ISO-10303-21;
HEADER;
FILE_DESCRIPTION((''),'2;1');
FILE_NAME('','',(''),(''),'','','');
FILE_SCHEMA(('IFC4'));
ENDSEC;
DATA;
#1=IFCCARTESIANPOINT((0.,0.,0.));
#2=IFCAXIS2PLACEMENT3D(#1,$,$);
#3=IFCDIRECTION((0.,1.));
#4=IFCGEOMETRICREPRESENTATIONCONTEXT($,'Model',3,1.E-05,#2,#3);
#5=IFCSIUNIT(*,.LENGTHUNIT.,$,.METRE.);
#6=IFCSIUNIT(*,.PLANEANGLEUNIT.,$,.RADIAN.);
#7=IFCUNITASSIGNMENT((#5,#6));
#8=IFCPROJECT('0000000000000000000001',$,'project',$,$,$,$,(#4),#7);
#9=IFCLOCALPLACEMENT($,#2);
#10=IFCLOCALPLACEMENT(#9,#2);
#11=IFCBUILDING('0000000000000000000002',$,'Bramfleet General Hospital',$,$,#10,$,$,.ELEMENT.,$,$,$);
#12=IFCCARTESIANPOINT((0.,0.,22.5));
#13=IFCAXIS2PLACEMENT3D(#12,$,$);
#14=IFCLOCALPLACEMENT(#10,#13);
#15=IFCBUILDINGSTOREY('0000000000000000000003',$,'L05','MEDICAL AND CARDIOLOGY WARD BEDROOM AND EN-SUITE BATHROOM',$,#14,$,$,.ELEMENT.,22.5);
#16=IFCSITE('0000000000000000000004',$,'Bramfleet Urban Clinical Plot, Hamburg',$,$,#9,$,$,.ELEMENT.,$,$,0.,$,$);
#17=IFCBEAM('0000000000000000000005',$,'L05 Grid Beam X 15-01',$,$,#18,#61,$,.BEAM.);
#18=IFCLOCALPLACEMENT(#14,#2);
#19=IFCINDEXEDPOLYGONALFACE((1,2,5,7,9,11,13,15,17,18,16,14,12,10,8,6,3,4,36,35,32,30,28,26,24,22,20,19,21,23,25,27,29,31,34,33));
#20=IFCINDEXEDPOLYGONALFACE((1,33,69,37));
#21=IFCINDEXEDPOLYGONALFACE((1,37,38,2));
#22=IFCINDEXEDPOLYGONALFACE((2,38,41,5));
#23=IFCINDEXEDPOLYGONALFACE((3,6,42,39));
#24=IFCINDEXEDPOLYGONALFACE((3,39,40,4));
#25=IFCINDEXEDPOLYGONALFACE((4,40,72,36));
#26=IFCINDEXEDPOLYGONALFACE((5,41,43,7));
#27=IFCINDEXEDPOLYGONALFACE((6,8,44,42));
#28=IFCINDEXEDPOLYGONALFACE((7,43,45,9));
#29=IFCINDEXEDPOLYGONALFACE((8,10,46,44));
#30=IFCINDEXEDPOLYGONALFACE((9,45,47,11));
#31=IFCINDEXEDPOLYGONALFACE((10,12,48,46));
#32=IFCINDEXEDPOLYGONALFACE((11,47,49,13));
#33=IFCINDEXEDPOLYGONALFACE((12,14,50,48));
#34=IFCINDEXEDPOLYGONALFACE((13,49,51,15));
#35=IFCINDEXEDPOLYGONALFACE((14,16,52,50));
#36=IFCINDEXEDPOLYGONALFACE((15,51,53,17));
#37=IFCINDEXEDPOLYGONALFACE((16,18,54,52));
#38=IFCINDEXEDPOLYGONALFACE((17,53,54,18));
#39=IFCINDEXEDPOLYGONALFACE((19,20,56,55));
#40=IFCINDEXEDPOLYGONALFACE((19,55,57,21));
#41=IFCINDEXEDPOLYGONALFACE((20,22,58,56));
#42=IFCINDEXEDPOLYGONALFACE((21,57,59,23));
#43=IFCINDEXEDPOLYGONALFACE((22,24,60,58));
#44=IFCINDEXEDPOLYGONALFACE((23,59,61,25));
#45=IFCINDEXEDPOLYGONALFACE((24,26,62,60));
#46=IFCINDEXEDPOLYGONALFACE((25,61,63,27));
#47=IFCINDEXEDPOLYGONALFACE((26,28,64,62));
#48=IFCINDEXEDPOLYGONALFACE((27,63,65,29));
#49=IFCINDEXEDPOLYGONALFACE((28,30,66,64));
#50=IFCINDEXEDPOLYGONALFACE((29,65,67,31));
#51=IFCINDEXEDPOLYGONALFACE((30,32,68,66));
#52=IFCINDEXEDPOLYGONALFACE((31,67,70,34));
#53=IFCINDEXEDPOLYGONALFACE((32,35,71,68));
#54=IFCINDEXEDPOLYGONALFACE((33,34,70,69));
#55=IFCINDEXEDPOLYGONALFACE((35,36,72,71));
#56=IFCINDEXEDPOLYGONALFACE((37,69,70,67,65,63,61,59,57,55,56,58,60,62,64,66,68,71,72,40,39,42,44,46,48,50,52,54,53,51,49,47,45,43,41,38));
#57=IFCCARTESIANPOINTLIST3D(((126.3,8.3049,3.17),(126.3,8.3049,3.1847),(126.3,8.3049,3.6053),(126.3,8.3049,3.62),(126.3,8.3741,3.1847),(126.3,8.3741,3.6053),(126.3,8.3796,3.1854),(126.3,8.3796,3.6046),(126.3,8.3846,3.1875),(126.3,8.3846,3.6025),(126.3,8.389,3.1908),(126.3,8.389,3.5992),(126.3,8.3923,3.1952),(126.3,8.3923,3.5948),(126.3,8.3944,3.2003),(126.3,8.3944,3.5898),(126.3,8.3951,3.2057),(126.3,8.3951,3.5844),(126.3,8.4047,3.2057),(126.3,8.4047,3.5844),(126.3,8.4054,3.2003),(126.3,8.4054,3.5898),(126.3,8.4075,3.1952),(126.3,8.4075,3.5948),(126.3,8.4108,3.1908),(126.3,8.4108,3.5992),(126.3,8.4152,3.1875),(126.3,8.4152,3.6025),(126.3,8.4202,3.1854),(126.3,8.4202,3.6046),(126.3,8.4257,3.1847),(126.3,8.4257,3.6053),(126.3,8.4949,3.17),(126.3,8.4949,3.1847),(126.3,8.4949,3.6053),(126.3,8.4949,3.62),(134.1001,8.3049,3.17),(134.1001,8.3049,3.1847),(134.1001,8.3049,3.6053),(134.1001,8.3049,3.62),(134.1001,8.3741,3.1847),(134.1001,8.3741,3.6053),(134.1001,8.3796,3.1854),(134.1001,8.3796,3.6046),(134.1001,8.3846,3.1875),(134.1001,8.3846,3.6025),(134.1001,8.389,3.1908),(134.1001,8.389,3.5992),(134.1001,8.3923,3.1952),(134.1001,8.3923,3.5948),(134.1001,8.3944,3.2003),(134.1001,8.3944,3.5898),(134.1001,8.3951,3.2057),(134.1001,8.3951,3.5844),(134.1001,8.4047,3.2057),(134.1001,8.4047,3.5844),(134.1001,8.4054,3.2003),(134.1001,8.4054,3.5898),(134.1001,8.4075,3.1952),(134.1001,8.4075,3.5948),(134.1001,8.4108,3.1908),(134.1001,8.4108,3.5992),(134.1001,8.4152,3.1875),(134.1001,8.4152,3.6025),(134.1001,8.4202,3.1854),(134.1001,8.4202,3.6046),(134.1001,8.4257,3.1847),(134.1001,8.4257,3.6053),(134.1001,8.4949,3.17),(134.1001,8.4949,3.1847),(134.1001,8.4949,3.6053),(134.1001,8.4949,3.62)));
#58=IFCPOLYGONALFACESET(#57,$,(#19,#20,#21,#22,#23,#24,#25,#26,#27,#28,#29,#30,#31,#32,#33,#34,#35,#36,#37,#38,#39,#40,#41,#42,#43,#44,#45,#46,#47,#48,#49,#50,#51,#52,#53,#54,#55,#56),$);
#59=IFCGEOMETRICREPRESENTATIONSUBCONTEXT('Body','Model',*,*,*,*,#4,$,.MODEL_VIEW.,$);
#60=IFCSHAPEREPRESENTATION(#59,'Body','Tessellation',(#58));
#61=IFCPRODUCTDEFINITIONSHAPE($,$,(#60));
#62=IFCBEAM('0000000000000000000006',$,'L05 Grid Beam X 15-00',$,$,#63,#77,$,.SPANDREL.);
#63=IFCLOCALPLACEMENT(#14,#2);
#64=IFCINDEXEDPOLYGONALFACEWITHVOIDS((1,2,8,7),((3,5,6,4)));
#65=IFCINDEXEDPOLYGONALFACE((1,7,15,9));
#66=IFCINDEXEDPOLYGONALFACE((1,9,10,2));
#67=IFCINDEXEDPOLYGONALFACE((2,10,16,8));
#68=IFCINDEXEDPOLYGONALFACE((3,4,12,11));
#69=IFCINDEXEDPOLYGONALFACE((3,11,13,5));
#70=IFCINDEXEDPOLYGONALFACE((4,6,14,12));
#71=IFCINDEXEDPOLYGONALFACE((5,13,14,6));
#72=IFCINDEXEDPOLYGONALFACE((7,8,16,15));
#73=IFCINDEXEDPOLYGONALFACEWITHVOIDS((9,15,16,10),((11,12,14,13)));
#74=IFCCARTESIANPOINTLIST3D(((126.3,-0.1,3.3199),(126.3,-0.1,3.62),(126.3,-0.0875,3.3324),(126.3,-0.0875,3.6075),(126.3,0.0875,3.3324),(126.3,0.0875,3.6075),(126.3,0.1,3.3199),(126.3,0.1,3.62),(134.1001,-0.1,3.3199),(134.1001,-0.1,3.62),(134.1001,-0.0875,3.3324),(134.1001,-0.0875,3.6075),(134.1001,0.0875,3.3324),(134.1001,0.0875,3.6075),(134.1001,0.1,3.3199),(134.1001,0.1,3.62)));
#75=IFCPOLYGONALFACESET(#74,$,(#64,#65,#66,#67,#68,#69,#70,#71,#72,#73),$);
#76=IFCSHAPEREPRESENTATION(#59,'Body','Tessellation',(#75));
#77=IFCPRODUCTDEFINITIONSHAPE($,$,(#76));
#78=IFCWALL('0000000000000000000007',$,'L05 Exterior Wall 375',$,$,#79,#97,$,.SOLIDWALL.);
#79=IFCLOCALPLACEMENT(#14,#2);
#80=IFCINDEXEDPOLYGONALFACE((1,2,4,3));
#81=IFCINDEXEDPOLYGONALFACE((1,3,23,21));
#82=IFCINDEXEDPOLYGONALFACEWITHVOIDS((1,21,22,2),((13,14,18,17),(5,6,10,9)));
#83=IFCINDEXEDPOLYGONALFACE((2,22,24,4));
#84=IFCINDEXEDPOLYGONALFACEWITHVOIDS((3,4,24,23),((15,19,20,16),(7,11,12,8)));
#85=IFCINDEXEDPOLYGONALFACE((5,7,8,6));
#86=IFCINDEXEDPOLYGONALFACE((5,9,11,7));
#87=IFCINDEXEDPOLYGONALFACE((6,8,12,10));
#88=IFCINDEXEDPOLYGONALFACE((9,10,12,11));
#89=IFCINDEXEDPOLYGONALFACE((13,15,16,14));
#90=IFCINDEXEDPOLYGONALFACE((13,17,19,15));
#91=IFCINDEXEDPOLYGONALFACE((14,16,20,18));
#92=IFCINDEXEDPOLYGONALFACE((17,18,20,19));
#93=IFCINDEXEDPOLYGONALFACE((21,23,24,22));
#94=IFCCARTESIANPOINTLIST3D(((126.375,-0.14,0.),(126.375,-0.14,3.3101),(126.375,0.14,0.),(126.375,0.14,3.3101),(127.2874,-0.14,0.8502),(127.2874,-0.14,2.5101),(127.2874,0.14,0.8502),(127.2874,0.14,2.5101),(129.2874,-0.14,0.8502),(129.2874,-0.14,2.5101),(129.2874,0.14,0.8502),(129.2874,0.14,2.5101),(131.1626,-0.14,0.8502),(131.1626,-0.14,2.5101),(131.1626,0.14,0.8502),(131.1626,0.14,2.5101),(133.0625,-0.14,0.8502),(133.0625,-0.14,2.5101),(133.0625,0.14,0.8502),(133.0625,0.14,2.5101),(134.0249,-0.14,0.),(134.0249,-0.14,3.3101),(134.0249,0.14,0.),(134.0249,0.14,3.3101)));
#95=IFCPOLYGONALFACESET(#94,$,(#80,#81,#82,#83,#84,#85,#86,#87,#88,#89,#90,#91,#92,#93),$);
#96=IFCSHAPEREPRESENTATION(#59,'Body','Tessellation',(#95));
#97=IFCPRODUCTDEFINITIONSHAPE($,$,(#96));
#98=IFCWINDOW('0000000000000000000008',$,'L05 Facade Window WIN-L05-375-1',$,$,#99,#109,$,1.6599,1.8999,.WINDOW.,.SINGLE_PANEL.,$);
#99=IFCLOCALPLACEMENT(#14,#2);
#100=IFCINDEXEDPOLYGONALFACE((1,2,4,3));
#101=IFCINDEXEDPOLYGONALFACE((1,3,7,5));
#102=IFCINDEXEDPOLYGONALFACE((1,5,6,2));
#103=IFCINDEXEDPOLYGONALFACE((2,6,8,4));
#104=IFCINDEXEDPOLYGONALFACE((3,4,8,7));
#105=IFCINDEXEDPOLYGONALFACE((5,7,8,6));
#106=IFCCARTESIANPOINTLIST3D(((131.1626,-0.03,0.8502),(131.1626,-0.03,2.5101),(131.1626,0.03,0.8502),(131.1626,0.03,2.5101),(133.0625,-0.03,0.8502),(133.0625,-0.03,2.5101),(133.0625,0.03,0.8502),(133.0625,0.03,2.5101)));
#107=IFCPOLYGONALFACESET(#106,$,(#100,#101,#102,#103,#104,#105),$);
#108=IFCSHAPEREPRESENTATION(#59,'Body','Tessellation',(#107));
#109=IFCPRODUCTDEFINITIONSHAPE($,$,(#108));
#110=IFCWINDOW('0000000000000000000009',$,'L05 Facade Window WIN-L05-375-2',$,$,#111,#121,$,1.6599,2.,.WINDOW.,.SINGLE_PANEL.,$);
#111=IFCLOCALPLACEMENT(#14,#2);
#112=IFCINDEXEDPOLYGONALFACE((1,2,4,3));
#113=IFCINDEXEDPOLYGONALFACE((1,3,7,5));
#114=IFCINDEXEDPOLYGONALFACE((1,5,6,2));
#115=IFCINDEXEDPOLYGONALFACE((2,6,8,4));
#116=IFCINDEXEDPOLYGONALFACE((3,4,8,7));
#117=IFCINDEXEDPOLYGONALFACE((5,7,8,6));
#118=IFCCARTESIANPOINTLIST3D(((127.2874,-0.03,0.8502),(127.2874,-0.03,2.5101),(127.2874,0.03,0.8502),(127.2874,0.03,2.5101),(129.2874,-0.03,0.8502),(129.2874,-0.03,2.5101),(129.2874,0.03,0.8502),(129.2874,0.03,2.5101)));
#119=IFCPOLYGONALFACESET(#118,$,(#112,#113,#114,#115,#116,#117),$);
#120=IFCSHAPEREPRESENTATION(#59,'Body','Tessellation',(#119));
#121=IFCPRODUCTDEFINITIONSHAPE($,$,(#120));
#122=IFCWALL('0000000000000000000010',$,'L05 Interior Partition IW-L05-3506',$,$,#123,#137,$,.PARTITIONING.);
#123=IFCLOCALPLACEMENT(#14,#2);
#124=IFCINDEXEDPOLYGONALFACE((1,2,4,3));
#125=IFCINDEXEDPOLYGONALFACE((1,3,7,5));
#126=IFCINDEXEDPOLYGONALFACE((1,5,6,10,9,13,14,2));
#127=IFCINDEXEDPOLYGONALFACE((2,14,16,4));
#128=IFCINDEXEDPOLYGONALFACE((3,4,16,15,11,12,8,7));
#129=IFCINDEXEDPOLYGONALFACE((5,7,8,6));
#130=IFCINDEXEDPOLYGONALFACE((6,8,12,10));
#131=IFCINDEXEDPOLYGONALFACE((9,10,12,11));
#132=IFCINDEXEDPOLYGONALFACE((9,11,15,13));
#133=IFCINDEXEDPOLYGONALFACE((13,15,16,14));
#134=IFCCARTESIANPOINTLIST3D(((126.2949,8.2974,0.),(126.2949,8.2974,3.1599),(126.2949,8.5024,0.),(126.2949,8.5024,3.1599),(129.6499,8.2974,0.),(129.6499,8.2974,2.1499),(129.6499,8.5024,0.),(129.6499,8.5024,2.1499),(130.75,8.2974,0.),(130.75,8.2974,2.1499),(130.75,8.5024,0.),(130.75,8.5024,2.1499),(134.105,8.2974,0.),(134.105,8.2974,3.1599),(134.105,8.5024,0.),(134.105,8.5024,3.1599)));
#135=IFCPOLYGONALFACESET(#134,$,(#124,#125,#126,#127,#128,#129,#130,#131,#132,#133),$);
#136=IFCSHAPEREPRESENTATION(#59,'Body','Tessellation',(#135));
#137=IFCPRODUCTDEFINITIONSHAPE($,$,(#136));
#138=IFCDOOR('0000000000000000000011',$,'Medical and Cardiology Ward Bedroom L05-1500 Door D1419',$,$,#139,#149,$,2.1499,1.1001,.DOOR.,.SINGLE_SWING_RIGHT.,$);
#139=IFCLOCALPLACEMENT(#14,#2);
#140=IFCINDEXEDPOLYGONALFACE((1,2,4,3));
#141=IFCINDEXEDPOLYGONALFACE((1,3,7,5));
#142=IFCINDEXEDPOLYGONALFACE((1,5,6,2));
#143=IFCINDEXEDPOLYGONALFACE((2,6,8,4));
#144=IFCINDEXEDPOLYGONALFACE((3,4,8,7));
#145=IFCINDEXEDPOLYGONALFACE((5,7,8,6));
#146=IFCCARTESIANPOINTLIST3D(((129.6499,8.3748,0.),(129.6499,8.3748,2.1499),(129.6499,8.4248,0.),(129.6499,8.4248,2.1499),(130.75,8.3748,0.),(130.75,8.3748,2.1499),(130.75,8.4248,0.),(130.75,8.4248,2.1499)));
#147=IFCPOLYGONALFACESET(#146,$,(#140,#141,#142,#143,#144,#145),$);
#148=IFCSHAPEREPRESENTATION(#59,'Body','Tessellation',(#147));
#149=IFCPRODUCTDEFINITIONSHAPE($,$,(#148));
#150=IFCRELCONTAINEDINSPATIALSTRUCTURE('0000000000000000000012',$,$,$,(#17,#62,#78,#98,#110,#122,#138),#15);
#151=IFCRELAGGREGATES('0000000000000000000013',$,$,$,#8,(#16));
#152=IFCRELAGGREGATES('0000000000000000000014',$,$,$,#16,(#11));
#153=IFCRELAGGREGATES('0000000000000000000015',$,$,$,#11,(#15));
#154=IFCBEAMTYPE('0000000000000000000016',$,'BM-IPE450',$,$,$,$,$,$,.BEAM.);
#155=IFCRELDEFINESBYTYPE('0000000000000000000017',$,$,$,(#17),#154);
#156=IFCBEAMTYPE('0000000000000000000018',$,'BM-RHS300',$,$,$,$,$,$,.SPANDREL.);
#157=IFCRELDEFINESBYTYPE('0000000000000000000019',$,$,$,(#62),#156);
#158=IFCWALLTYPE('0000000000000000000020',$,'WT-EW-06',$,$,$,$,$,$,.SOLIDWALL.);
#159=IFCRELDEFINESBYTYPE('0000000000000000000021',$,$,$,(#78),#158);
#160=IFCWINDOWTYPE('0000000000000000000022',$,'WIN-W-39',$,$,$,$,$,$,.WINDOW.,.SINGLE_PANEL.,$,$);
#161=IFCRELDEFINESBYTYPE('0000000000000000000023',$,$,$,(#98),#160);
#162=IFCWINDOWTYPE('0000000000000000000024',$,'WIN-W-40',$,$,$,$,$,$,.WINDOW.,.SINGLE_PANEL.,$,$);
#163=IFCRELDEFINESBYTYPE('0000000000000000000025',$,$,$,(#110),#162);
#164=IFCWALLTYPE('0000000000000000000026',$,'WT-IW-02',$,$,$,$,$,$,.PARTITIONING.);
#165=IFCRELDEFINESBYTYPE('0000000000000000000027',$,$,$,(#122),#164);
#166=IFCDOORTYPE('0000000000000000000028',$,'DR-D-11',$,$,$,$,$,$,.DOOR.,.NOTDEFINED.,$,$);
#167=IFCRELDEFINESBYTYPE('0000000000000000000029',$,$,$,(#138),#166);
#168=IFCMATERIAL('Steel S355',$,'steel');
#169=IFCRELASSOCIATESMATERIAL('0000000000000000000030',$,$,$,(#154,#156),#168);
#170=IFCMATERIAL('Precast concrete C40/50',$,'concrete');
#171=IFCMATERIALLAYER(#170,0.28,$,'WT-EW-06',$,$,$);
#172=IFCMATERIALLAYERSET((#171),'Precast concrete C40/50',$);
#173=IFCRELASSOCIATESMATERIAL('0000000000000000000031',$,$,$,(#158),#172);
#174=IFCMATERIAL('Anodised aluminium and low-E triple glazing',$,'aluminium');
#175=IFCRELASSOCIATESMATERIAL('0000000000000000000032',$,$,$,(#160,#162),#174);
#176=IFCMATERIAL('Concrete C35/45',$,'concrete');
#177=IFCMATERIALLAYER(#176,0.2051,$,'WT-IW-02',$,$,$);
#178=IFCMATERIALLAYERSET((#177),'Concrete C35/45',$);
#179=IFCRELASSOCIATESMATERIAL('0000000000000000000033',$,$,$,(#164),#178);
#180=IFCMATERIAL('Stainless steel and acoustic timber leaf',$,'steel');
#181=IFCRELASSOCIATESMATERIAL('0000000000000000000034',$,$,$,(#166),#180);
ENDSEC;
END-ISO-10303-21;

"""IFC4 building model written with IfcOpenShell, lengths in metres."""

from ifc_helpers import new_model, si_unit, direction, frame, frame_2d, origin, origin_2d, place, context, subcontext, project, spatial, rectangle, hollow_rectangle, i_section, extrude, material, layer, layer_set, material_profile, profile_set, type_object, element, fill, save


model = new_model("IFC4")

# Units and contexts
model_context = context("Model", 3, precision=1e-05, world=origin(), true_north=direction((0.0, 1.0)))
body_context = subcontext(model_context, "Body", "Model", "MODEL_VIEW")
ifc_project = project(units=[si_unit("LENGTHUNIT", "METRE"), si_unit("PLANEANGLEUNIT", "RADIAN")], contexts=[model_context])

# Site, building, storey
site_placement = place(None, origin())
site = spatial("IfcSite", under=ifc_project, at=site_placement, Name="Bramfleet Urban Clinical Plot, Hamburg", CompositionType="ELEMENT", RefElevation=0.0)
building_placement = place(site_placement, origin())
building = spatial("IfcBuilding", under=site, at=building_placement, Name="Bramfleet General Hospital", CompositionType="ELEMENT")
storey_placement = place(building_placement, frame((0.0, 0.0, 22.5)))
storey = spatial("IfcBuildingStorey", under=building, at=storey_placement, Name="L05", Description="MEDICAL AND CARDIOLOGY WARD BEDROOM AND EN-SUITE BATHROOM", CompositionType="ELEMENT", Elevation=22.5)

# Beams
ifc_material_1 = material(Name="Steel S355", Category="steel")
ifc_material_profile_1 = material_profile(ifc_material_1, i_section(OverallWidth=0.1899, OverallDepth=0.45, WebThickness=0.0095, FlangeThickness=0.0146, FilletRadius=0.021, at=origin_2d()), Name="IPE 450")
ifc_profile_set_1 = profile_set([ifc_material_profile_1], Name="Steel S355")
beam_type_1 = type_object("IfcBeamType", Name="BM-IPE450", PredefinedType="BEAM", material=ifc_profile_set_1)
beam_1_placement = place(storey_placement, frame((126.3, 8.3999, 3.395), z_axis=(1.0, 0.0, 0.0), x_axis=(0.0, 1.0, 0.0)))
element("IfcBeam", 1, at=beam_1_placement, inside=storey, type_object=beam_type_1, Name="L05 Grid Beam X 15-01", PredefinedType="BEAM", context=body_context, shape_type="SweptSolid", body=[
    extrude(i_section(OverallWidth=0.1899, OverallDepth=0.45, WebThickness=0.0095, FlangeThickness=0.0146, FilletRadius=0.021, at=origin_2d()), origin(), (0.0, 0.0, 1.0), 7.8),
])
ifc_material_profile_2 = material_profile(ifc_material_1, hollow_rectangle(XDim=0.2, YDim=0.3, WallThickness=0.0125, at=origin_2d()), Name="RHS 300x200x12.5")
ifc_profile_set_2 = profile_set([ifc_material_profile_2], Name="Steel S355")
beam_type_2 = type_object("IfcBeamType", Name="BM-RHS300", PredefinedType="SPANDREL", material=ifc_profile_set_2)
beam_2_placement = place(storey_placement, frame((126.3, 0.0, 3.47), z_axis=(1.0, 0.0, 0.0), x_axis=(0.0, 1.0, 0.0)))
element("IfcBeam", 2, at=beam_2_placement, inside=storey, type_object=beam_type_2, Name="L05 Grid Beam X 15-00", PredefinedType="SPANDREL", context=body_context, shape_type="SweptSolid", body=[
    extrude(hollow_rectangle(XDim=0.2, YDim=0.3, WallThickness=0.0125, at=origin_2d()), origin(), (0.0, 0.0, 1.0), 7.8),
])

# Wall, openings, windows
ifc_material_2 = material(Name="Precast concrete C40/50", Category="concrete")
ifc_layer_1 = layer(ifc_material_2, 0.28, Name="WT-EW-06")
ifc_layer_set_1 = layer_set([ifc_layer_1], Name="Precast concrete C40/50")
wall_type_1 = type_object("IfcWallType", Name="WT-EW-06", PredefinedType="SOLIDWALL", material=ifc_layer_set_1)
wall_1_placement = place(storey_placement, frame((134.0249, 0.0, 0.0), z_axis=(0.0, 0.0, 1.0), x_axis=(-1.0, 0.0, 0.0)))
wall_1 = element("IfcWall", 3, at=wall_1_placement, inside=storey, type_object=wall_type_1, Name="L05 Exterior Wall 375", PredefinedType="SOLIDWALL", context=body_context, shape_type="SweptSolid", body=[
    extrude(rectangle(XDim=7.6499, YDim=0.28, at=frame_2d((3.825, 0.0))), origin(), (0.0, 0.0, 1.0), 3.3101),
])
opening_1_placement = place(wall_1_placement, frame((0.9624, 0.0, 0.8501)))
opening_1 = element("IfcOpeningElement", 4, at=opening_1_placement, cuts=wall_1, PredefinedType="OPENING", context=body_context, shape_type="SweptSolid", body=[
    extrude(rectangle(XDim=1.8999, YDim=1.6599, at=frame_2d((0.95, 0.8301))), frame((0.0, 0.1499, 0.0), z_axis=(0.0, -1.0, 0.0), x_axis=(1.0, 0.0, 0.0)), (0.0, 0.0, 1.0), 0.3),
])
opening_2_placement = place(wall_1_placement, frame((4.7375, 0.0, 0.8501)))
opening_2 = element("IfcOpeningElement", 5, at=opening_2_placement, cuts=wall_1, PredefinedType="OPENING", context=body_context, shape_type="SweptSolid", body=[
    extrude(rectangle(XDim=2.0, YDim=1.6599, at=frame_2d((1.0, 0.8301))), frame((0.0, 0.1499, 0.0), z_axis=(0.0, -1.0, 0.0), x_axis=(1.0, 0.0, 0.0)), (0.0, 0.0, 1.0), 0.3),
])
ifc_material_3 = material(Name="Anodised aluminium and low-E triple glazing", Category="aluminium")
window_type_1 = type_object("IfcWindowType", Name="WIN-W-39", PartitioningType="SINGLE_PANEL", PredefinedType="WINDOW", material=ifc_material_3)
window_1_placement = place(opening_1_placement, origin())
window_1 = element("IfcWindow", 6, at=window_1_placement, inside=storey, type_object=window_type_1, Name="L05 Facade Window WIN-L05-375-1", OverallHeight=1.6599, OverallWidth=1.8999, PartitioningType="SINGLE_PANEL", PredefinedType="WINDOW", context=body_context, shape_type="SweptSolid", body=[
    extrude(rectangle(XDim=1.8999, YDim=1.6599, at=frame_2d((0.95, 0.8301))), frame((0.0, 0.03, 0.0), z_axis=(0.0, -1.0, 0.0), x_axis=(1.0, 0.0, 0.0)), (0.0, 0.0, 1.0), 0.0601),
])
fill(opening_1, window_1)
window_type_2 = type_object("IfcWindowType", Name="WIN-W-40", PartitioningType="SINGLE_PANEL", PredefinedType="WINDOW", material=ifc_material_3)
window_2_placement = place(opening_2_placement, origin())
window_2 = element("IfcWindow", 7, at=window_2_placement, inside=storey, type_object=window_type_2, Name="L05 Facade Window WIN-L05-375-2", OverallHeight=1.6599, OverallWidth=2.0, PartitioningType="SINGLE_PANEL", PredefinedType="WINDOW", context=body_context, shape_type="SweptSolid", body=[
    extrude(rectangle(XDim=2.0, YDim=1.6599, at=frame_2d((1.0, 0.8301))), frame((0.0, 0.03, 0.0), z_axis=(0.0, -1.0, 0.0), x_axis=(1.0, 0.0, 0.0)), (0.0, 0.0, 1.0), 0.0601),
])
fill(opening_2, window_2)

# Wall, opening, door
ifc_material_4 = material(Name="Concrete C35/45", Category="concrete")
ifc_layer_2 = layer(ifc_material_4, 0.2051, Name="WT-IW-02")
ifc_layer_set_2 = layer_set([ifc_layer_2], Name="Concrete C35/45")
wall_type_2 = type_object("IfcWallType", Name="WT-IW-02", PredefinedType="PARTITIONING", material=ifc_layer_set_2)
wall_2_placement = place(storey_placement, frame((126.2949, 8.3999, 0.0), z_axis=(0.0, 0.0, 1.0), x_axis=(1.0, 0.0, 0.0)))
wall_2 = element("IfcWall", 8, at=wall_2_placement, inside=storey, type_object=wall_type_2, Name="L05 Interior Partition IW-L05-3506", PredefinedType="PARTITIONING", context=body_context, shape_type="SweptSolid", body=[
    extrude(rectangle(XDim=7.8101, YDim=0.2051, at=frame_2d((3.905, 0.0))), origin(), (0.0, 0.0, 1.0), 3.1599),
])
opening_3_placement = place(wall_2_placement, frame((3.355, 0.0, 0.0)))
opening_3 = element("IfcOpeningElement", 9, at=opening_3_placement, cuts=wall_2, PredefinedType="OPENING", context=body_context, shape_type="SweptSolid", body=[
    extrude(rectangle(XDim=1.1001, YDim=2.1499, at=frame_2d((0.55, 1.075))), frame((0.0, 0.1125, 0.0), z_axis=(0.0, -1.0, 0.0), x_axis=(1.0, 0.0, 0.0)), (0.0, 0.0, 1.0), 0.2251),
])
ifc_material_5 = material(Name="Stainless steel and acoustic timber leaf", Category="steel")
door_type_1 = type_object("IfcDoorType", Name="DR-D-11", OperationType="NOTDEFINED", PredefinedType="DOOR", material=ifc_material_5)
door_1_placement = place(opening_3_placement, origin())
door_1 = element("IfcDoor", 10, at=door_1_placement, inside=storey, type_object=door_type_1, Name="Medical and Cardiology Ward Bedroom L05-1500 Door D1419", OperationType="SINGLE_SWING_RIGHT", OverallHeight=2.1499, OverallWidth=1.1001, PredefinedType="DOOR", context=body_context, shape_type="SweptSolid", body=[
    extrude(rectangle(XDim=1.1001, YDim=2.1499, at=frame_2d((0.55, 1.075))), frame((0.0, 0.0249, 0.0), z_axis=(0.0, -1.0, 0.0), x_axis=(1.0, 0.0, 0.0)), (0.0, 0.0, 1.0), 0.05),
])
fill(opening_3, door_1)

save(model, "model.ifc")
